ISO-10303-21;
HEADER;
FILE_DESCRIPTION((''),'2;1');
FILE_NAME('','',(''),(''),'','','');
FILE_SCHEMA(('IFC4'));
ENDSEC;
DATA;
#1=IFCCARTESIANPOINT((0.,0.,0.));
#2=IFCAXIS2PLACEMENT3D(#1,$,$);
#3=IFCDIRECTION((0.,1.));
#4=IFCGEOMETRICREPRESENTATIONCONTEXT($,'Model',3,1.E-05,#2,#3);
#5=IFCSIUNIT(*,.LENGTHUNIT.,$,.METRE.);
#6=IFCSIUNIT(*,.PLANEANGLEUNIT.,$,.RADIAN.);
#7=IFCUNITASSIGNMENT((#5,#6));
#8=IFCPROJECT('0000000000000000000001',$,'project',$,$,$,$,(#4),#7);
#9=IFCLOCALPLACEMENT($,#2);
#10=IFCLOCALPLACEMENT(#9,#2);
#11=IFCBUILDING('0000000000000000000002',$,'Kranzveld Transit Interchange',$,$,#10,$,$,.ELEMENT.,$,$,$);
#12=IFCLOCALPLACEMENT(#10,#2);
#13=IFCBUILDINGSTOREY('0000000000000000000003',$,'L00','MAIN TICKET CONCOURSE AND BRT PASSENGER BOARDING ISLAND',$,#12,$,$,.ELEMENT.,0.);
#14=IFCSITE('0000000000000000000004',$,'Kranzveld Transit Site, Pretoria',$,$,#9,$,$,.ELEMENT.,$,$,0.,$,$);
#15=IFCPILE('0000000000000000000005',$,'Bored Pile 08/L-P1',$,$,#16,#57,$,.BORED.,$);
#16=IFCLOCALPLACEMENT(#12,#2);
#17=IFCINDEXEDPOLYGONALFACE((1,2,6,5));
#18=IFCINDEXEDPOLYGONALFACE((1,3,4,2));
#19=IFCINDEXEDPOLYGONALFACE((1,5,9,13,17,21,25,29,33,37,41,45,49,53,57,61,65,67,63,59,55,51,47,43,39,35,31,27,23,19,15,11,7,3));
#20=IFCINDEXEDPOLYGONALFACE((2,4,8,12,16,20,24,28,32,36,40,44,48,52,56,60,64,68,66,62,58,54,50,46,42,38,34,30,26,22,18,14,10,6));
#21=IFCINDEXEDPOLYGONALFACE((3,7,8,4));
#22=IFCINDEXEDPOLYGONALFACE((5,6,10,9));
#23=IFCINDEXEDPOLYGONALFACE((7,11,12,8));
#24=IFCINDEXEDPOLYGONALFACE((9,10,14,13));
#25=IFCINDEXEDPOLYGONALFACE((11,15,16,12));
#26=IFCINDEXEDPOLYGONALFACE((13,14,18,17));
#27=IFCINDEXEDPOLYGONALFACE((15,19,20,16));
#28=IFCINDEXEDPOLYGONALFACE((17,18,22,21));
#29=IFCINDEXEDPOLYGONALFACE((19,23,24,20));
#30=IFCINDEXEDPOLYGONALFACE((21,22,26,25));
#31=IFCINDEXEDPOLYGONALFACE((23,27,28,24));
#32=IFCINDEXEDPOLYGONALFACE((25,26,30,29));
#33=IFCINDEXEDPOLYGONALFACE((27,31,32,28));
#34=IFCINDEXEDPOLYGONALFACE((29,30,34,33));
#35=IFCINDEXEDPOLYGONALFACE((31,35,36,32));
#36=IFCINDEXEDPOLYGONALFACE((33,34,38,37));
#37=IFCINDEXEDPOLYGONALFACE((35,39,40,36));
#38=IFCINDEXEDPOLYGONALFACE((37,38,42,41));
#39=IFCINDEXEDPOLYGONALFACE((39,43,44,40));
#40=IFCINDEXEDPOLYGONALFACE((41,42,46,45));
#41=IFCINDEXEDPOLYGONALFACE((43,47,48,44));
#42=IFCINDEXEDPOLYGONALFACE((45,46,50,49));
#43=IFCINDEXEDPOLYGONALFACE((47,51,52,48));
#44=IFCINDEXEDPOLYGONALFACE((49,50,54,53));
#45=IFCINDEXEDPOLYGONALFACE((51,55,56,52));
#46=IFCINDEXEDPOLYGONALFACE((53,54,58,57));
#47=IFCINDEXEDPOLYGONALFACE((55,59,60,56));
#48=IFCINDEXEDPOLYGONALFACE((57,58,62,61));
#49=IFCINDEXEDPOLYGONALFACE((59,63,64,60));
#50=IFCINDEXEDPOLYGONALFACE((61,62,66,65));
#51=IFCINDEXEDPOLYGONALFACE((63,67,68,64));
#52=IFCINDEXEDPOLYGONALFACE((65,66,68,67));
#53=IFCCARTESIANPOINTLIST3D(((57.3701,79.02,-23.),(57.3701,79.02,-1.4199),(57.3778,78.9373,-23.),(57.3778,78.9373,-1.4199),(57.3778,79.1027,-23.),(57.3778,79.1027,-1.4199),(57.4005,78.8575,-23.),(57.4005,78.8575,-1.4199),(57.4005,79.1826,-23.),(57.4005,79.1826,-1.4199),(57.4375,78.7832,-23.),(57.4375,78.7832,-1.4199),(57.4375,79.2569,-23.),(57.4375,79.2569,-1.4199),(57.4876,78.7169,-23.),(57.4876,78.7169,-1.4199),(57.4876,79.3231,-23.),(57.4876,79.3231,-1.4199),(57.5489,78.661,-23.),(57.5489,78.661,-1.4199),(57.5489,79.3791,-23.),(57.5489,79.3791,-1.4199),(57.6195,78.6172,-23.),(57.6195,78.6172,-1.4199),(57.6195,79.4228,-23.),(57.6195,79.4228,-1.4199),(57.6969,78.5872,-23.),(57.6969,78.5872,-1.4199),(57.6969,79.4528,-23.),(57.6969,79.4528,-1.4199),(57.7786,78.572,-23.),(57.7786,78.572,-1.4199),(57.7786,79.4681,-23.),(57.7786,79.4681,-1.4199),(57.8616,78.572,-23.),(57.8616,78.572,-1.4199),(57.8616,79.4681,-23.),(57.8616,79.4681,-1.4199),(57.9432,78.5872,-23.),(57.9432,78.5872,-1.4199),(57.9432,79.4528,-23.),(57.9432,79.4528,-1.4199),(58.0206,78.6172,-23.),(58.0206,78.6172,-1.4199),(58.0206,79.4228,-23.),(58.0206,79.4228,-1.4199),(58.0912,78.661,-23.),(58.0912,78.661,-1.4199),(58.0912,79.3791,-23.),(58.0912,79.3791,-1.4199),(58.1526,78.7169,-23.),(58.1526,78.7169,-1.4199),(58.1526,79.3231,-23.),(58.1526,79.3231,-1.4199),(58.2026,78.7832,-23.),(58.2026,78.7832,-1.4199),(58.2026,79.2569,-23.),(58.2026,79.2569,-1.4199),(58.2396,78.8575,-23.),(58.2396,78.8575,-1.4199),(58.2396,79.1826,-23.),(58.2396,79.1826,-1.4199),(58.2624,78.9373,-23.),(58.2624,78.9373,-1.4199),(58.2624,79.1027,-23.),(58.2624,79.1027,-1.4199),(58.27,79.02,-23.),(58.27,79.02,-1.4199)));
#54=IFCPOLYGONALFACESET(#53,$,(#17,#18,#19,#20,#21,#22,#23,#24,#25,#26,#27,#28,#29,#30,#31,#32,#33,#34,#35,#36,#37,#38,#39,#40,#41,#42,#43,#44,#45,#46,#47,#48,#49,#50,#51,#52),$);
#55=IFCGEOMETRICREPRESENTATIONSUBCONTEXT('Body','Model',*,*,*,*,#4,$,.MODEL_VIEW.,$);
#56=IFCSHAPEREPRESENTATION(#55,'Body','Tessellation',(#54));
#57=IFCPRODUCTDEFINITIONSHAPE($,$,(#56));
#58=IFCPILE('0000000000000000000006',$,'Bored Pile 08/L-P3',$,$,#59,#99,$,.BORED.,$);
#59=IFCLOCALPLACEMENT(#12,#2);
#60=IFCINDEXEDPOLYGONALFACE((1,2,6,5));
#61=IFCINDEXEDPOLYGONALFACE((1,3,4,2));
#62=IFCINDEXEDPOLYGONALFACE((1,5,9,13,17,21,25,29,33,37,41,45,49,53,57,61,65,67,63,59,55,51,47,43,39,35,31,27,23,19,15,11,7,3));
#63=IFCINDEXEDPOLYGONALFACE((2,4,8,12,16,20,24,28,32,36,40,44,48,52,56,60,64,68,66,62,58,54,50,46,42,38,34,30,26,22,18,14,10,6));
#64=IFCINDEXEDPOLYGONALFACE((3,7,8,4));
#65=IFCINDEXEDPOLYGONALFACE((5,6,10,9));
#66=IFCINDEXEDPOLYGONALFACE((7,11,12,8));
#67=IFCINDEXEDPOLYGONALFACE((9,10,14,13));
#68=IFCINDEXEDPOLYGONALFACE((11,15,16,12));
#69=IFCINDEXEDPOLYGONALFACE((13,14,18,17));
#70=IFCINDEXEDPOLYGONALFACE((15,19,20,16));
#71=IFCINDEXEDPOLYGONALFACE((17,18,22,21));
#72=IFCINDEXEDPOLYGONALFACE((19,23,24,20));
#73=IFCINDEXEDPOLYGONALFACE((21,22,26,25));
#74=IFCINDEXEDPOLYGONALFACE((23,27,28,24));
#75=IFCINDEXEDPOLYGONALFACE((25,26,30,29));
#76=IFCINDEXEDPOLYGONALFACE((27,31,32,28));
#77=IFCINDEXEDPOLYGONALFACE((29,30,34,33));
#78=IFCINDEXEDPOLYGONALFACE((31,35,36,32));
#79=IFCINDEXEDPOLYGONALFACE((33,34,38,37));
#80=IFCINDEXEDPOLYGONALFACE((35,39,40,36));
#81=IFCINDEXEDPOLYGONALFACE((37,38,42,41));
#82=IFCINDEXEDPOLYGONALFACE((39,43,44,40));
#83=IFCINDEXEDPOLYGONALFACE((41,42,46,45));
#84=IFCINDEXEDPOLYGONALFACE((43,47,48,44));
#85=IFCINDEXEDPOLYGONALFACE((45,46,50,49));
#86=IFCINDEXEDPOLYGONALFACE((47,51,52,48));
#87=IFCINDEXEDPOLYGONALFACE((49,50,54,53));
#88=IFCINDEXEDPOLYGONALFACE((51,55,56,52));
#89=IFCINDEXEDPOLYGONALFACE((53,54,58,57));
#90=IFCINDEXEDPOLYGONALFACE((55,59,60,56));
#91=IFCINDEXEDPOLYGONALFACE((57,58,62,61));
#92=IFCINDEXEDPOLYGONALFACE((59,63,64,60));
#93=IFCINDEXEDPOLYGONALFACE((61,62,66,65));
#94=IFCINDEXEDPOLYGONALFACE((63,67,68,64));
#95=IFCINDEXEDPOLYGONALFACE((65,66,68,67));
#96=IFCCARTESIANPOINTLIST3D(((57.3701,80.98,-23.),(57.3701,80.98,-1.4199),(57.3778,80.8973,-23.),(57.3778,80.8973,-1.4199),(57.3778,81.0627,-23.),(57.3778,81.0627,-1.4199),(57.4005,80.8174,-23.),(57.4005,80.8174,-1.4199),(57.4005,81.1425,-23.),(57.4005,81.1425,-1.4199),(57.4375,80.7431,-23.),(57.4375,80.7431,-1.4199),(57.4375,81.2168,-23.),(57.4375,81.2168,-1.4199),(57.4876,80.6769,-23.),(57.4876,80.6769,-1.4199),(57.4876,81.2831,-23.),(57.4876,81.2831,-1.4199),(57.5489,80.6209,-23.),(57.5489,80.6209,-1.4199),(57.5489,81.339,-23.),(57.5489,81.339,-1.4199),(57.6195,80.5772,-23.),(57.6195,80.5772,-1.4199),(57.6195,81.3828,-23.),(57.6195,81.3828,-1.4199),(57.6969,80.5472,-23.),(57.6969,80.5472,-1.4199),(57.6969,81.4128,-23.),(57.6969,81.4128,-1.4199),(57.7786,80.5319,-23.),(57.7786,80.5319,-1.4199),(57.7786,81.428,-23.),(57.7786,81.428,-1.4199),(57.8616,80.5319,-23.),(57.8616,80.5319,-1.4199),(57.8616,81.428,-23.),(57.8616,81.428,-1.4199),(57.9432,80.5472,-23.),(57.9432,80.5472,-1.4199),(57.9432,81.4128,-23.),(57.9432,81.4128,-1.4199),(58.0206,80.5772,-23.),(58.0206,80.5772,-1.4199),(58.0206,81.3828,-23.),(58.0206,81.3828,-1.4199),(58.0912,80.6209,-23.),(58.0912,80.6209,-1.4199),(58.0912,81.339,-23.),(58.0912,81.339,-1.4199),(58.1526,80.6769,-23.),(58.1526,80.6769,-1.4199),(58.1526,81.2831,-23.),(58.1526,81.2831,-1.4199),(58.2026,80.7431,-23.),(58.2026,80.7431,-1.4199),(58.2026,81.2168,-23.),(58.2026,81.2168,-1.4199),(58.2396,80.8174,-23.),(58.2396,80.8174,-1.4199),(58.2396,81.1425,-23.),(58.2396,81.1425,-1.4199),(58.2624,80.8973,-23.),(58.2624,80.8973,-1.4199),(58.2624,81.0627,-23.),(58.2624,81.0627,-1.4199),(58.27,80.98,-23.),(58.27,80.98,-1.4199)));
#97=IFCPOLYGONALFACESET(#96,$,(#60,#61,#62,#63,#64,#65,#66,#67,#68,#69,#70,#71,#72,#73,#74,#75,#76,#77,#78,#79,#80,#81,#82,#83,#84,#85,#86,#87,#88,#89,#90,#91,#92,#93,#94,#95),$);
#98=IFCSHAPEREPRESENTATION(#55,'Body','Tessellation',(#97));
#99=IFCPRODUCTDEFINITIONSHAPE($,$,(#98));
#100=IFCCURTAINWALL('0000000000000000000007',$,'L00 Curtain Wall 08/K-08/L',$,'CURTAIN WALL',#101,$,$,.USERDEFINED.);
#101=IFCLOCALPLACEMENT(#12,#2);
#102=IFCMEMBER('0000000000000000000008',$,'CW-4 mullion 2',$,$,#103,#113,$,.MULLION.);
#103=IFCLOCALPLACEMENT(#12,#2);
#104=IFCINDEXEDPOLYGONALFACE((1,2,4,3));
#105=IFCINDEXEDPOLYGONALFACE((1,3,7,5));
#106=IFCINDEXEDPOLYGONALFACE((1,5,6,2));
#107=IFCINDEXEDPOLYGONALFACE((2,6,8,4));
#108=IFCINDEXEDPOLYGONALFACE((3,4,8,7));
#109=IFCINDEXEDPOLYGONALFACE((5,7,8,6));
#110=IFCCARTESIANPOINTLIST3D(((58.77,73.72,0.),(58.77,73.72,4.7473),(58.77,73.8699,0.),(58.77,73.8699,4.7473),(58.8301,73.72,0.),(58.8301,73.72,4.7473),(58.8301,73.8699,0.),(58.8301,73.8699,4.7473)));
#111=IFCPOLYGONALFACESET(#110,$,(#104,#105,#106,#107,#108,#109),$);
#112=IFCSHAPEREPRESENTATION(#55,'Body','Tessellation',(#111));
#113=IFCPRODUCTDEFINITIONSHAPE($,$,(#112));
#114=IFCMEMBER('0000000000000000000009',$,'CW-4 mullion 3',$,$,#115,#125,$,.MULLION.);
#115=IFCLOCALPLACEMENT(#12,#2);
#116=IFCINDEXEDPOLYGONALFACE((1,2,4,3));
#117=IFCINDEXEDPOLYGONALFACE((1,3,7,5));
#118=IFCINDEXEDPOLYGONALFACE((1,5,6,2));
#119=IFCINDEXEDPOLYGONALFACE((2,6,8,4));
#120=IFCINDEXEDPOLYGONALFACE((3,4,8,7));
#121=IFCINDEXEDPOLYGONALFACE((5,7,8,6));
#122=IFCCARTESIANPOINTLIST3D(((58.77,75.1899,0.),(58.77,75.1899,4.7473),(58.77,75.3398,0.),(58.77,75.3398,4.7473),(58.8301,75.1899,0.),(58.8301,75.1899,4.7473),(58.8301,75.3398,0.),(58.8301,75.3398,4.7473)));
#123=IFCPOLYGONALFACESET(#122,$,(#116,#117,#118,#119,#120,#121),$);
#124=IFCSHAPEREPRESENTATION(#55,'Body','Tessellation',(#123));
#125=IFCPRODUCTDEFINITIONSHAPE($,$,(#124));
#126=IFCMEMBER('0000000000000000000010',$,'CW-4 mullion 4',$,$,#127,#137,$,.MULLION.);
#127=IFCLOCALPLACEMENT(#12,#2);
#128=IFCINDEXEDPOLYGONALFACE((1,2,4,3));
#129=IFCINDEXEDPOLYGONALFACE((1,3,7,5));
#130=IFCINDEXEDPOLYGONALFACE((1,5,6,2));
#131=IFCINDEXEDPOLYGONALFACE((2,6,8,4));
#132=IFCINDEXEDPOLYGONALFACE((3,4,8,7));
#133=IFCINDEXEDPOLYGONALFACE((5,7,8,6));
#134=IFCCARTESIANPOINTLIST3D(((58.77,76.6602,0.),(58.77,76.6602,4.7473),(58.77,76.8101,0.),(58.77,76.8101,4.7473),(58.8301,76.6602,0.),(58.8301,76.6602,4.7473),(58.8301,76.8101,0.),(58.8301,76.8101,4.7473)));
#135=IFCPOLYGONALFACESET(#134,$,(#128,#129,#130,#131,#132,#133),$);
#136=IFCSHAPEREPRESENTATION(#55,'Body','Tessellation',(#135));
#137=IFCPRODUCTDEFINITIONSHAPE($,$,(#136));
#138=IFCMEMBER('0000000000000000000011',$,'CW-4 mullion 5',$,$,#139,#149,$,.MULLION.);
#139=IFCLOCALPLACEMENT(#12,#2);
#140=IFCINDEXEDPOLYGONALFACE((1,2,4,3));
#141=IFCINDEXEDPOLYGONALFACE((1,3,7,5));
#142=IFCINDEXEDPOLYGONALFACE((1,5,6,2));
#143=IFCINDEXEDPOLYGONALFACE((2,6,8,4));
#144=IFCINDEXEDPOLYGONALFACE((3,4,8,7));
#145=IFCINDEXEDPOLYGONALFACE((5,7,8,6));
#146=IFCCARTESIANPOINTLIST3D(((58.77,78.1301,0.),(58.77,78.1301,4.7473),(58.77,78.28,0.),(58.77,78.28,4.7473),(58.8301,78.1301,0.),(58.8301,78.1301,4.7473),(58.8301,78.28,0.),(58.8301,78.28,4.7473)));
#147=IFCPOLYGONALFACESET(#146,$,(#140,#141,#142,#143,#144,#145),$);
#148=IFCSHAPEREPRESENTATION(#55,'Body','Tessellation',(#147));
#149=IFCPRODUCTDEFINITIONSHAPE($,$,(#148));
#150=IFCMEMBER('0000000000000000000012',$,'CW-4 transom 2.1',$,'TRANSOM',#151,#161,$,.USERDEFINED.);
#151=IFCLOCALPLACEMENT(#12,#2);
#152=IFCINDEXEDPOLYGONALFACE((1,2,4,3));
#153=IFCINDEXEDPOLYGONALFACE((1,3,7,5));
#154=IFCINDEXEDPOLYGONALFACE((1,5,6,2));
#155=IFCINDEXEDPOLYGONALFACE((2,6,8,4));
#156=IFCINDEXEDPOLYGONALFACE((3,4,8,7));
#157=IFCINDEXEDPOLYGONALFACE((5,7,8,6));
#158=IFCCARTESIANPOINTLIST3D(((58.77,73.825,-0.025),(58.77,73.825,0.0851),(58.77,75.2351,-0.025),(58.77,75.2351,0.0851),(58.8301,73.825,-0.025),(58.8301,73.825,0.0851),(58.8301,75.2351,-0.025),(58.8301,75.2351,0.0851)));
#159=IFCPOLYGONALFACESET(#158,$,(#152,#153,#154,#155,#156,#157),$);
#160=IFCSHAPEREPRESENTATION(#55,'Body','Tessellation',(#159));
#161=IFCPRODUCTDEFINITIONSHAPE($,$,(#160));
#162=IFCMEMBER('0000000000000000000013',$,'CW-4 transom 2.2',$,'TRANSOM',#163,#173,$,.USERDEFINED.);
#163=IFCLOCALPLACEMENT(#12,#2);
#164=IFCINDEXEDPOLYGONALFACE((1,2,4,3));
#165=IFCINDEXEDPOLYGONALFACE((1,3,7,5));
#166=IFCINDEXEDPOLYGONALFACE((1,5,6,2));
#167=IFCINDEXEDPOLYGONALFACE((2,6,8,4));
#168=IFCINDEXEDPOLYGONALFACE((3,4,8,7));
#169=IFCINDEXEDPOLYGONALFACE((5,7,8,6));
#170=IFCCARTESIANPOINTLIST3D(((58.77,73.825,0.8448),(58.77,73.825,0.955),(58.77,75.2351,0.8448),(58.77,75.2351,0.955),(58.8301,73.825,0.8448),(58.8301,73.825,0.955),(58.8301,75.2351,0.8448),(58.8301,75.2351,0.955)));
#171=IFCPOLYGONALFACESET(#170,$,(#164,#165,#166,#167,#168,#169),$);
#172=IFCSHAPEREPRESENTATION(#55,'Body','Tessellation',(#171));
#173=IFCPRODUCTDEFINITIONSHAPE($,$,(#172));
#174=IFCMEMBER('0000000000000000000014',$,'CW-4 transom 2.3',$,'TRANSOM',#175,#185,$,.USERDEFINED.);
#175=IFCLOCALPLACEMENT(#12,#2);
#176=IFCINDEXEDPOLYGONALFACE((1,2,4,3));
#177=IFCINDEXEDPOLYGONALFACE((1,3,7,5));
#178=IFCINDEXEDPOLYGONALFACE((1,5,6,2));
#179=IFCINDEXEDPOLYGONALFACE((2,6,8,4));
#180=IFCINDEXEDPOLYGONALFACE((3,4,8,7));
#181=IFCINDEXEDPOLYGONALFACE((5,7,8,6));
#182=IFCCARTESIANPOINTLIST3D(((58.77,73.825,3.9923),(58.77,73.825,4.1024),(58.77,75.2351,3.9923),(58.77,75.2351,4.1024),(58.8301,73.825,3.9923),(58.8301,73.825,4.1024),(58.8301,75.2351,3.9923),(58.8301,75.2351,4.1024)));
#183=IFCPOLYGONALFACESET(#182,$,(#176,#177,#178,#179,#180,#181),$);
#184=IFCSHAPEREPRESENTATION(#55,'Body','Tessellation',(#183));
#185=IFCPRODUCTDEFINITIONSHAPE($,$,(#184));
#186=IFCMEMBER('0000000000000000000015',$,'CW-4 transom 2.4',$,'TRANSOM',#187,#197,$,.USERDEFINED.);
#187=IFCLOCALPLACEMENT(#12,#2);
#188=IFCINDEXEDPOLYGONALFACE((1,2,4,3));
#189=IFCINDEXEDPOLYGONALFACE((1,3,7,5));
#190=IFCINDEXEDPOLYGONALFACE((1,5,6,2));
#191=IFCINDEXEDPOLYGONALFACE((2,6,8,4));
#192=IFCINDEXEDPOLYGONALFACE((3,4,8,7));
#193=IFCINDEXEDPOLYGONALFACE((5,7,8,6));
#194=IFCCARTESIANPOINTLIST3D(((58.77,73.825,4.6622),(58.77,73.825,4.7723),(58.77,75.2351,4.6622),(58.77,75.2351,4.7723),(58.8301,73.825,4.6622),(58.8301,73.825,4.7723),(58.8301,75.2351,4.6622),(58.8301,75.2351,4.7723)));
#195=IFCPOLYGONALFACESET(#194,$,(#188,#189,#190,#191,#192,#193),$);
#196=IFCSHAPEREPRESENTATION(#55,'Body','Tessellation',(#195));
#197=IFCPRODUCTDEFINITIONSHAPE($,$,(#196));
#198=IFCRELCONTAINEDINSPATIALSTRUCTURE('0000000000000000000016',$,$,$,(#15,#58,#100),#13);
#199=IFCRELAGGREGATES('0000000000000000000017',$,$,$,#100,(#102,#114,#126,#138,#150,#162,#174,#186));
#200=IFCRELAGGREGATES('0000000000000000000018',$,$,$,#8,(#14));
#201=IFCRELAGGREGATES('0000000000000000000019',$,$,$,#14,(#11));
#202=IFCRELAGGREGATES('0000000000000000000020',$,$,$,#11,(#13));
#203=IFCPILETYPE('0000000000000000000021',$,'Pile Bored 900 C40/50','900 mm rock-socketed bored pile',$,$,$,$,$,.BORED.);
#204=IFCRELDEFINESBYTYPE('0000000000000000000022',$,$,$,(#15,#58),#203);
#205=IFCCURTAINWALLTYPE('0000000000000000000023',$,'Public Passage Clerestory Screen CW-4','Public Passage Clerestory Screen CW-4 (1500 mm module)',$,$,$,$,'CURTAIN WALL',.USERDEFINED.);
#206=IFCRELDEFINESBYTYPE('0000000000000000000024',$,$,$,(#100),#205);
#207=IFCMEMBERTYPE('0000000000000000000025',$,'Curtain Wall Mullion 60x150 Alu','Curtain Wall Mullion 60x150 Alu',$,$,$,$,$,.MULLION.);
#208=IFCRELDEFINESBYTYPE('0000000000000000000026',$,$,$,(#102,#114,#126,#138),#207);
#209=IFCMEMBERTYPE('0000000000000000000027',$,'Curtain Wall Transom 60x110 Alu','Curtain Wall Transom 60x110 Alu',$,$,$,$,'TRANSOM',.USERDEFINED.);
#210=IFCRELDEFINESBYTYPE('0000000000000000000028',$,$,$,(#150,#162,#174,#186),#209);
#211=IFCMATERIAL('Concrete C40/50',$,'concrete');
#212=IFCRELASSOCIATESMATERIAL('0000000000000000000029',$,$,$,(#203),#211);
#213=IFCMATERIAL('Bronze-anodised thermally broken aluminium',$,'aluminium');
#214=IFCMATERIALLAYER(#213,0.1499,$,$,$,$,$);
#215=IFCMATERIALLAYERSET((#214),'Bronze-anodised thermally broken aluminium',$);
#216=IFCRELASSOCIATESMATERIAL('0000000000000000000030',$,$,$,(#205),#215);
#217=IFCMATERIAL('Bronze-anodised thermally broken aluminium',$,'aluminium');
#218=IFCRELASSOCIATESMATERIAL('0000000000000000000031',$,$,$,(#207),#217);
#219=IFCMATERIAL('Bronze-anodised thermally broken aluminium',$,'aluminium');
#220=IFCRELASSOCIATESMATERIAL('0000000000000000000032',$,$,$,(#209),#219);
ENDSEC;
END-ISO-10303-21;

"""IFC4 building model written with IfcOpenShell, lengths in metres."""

from ifc_helpers import new_model, si_unit, direction, frame, origin, origin_2d, place, context, subcontext, project, spatial, rectangle, circle, extrude, material, layer, layer_set, material_profile, profile_set, type_object, element, aggregate, save


model = new_model("IFC4")

# Units and contexts
model_context = context("Model", 3, precision=1e-05, world=origin(), true_north=direction((0.0, 1.0)))
body_context = subcontext(model_context, "Body", "Model", "MODEL_VIEW")
ifc_project = project(units=[si_unit("LENGTHUNIT", "METRE"), si_unit("PLANEANGLEUNIT", "RADIAN")], contexts=[model_context])

# Site, building, storey
site_placement = place(None, origin())
site = spatial("IfcSite", under=ifc_project, at=site_placement, Name="Kranzveld Transit Site, Pretoria", CompositionType="ELEMENT", RefElevation=0.0)
building_placement = place(site_placement, origin())
building = spatial("IfcBuilding", under=site, at=building_placement, Name="Kranzveld Transit Interchange", CompositionType="ELEMENT")
storey_placement = place(building_placement, origin())
storey = spatial("IfcBuildingStorey", under=building, at=storey_placement, Name="L00", Description="MAIN TICKET CONCOURSE AND BRT PASSENGER BOARDING ISLAND", CompositionType="ELEMENT", Elevation=0.0)

# Piles
ifc_material_1 = material(Name="Concrete C40/50", Category="concrete")
ifc_material_profile_1 = material_profile(ifc_material_1, circle(Radius=0.45, at=origin_2d()), Name="BORED PILE 900")
ifc_profile_set_1 = profile_set([ifc_material_profile_1], Name="Concrete C40/50")
pile_type = type_object("IfcPileType", Name="Pile Bored 900 C40/50", Description="900 mm rock-socketed bored pile", PredefinedType="BORED", material=ifc_profile_set_1)
for number, where, z_axis, x_axis, name in (
    (1, (57.8201, 79.02, -1.4199), (0.0, 0.0, -1.0), (1.0, 0.0, 0.0), "Bored Pile 08/L-P1"),
    (2, (57.8201, 80.98, -1.4199), (0.0, 0.0, -1.0), (1.0, 0.0, 0.0), "Bored Pile 08/L-P3"),
):
    element("IfcPile", number, at=place(storey_placement, frame(where, z_axis=z_axis, x_axis=x_axis)), inside=storey, type_object=pile_type, Name=name, PredefinedType="BORED", context=body_context, shape_type="SweptSolid", body=[
        extrude(circle(Radius=0.45, at=origin_2d()), origin(), (0.0, 0.0, 1.0), 21.5801),
    ])

# Curtain wall, members
ifc_material_2 = material(Name="Bronze-anodised thermally broken aluminium", Category="aluminium")
ifc_layer_1 = layer(ifc_material_2, 0.1499)
ifc_layer_set_1 = layer_set([ifc_layer_1], Name="Bronze-anodised thermally broken aluminium")
curtain_wall_type = type_object("IfcCurtainWallType", Name="Public Passage Clerestory Screen CW-4", Description="Public Passage Clerestory Screen CW-4 (1500 mm module)", ElementType="CURTAIN WALL", PredefinedType="USERDEFINED", material=ifc_layer_set_1)
curtain_wall_placement = place(storey_placement, origin())
curtain_wall = element("IfcCurtainWall", 3, at=curtain_wall_placement, inside=storey, type_object=curtain_wall_type, Name="L00 Curtain Wall 08/K-08/L", ObjectType="CURTAIN WALL", PredefinedType="USERDEFINED")
ifc_material_3 = material(Name="Bronze-anodised thermally broken aluminium", Category="aluminium")
ifc_material_profile_2 = material_profile(ifc_material_3, rectangle(XDim=0.0601, YDim=0.1499, at=origin_2d()), Name="ALU MULLION 60x150")
ifc_profile_set_2 = profile_set([ifc_material_profile_2], Name="Bronze-anodised thermally broken aluminium")
member_type_1 = type_object("IfcMemberType", Name="Curtain Wall Mullion 60x150 Alu", Description="Curtain Wall Mullion 60x150 Alu", PredefinedType="MULLION", material=ifc_profile_set_2)
member_1_placement = place(storey_placement, frame((58.8, 73.7949, 0.0), z_axis=(0.0, 0.0, 1.0), x_axis=(-1.0, 0.0, 0.0)))
member_1 = element("IfcMember", 4, at=member_1_placement, type_object=member_type_1, Name="CW-4 mullion 2", PredefinedType="MULLION", context=body_context, shape_type="SweptSolid", body=[
    extrude(rectangle(XDim=0.0601, YDim=0.1499, at=origin_2d()), origin(), (0.0, 0.0, 1.0), 4.7473),
])
member_2_placement = place(storey_placement, frame((58.8, 75.2649, 0.0), z_axis=(0.0, 0.0, 1.0), x_axis=(-1.0, 0.0, 0.0)))
member_2 = element("IfcMember", 5, at=member_2_placement, type_object=member_type_1, Name="CW-4 mullion 3", PredefinedType="MULLION", context=body_context, shape_type="SweptSolid", body=[
    extrude(rectangle(XDim=0.0601, YDim=0.1499, at=origin_2d()), origin(), (0.0, 0.0, 1.0), 4.7473),
])
member_3_placement = place(storey_placement, frame((58.8, 76.7351, 0.0), z_axis=(0.0, 0.0, 1.0), x_axis=(-1.0, 0.0, 0.0)))
member_3 = element("IfcMember", 6, at=member_3_placement, type_object=member_type_1, Name="CW-4 mullion 4", PredefinedType="MULLION", context=body_context, shape_type="SweptSolid", body=[
    extrude(rectangle(XDim=0.0601, YDim=0.1499, at=origin_2d()), origin(), (0.0, 0.0, 1.0), 4.7473),
])
member_4_placement = place(storey_placement, frame((58.8, 78.2051, 0.0), z_axis=(0.0, 0.0, 1.0), x_axis=(-1.0, 0.0, 0.0)))
member_4 = element("IfcMember", 7, at=member_4_placement, type_object=member_type_1, Name="CW-4 mullion 5", PredefinedType="MULLION", context=body_context, shape_type="SweptSolid", body=[
    extrude(rectangle(XDim=0.0601, YDim=0.1499, at=origin_2d()), origin(), (0.0, 0.0, 1.0), 4.7473),
])
ifc_material_4 = material(Name="Bronze-anodised thermally broken aluminium", Category="aluminium")
ifc_material_profile_3 = material_profile(ifc_material_4, rectangle(XDim=0.0601, YDim=0.1101, at=origin_2d()), Name="ALU TRANSOM 60x110")
ifc_profile_set_3 = profile_set([ifc_material_profile_3], Name="Bronze-anodised thermally broken aluminium")
member_type_2 = type_object("IfcMemberType", Name="Curtain Wall Transom 60x110 Alu", Description="Curtain Wall Transom 60x110 Alu", ElementType="TRANSOM", PredefinedType="USERDEFINED", material=ifc_profile_set_3)
member_5_placement = place(storey_placement, frame((58.8, 73.825, 0.03), z_axis=(0.0, 1.0, 0.0), x_axis=(-1.0, 0.0, 0.0)))
member_5 = element("IfcMember", 8, at=member_5_placement, type_object=member_type_2, Name="CW-4 transom 2.1", ObjectType="TRANSOM", PredefinedType="USERDEFINED", context=body_context, shape_type="SweptSolid", body=[
    extrude(rectangle(XDim=0.0601, YDim=0.1101, at=origin_2d()), origin(), (0.0, 0.0, 1.0), 1.4102),
])
member_6_placement = place(storey_placement, frame((58.8, 73.825, 0.8999), z_axis=(0.0, 1.0, 0.0), x_axis=(-1.0, 0.0, 0.0)))
member_6 = element("IfcMember", 9, at=member_6_placement, type_object=member_type_2, Name="CW-4 transom 2.2", ObjectType="TRANSOM", PredefinedType="USERDEFINED", context=body_context, shape_type="SweptSolid", body=[
    extrude(rectangle(XDim=0.0601, YDim=0.1101, at=origin_2d()), origin(), (0.0, 0.0, 1.0), 1.4102),
])
member_7_placement = place(storey_placement, frame((58.8, 73.825, 4.0474), z_axis=(0.0, 1.0, 0.0), x_axis=(-1.0, 0.0, 0.0)))
member_7 = element("IfcMember", 10, at=member_7_placement, type_object=member_type_2, Name="CW-4 transom 2.3", ObjectType="TRANSOM", PredefinedType="USERDEFINED", context=body_context, shape_type="SweptSolid", body=[
    extrude(rectangle(XDim=0.0601, YDim=0.1101, at=origin_2d()), origin(), (0.0, 0.0, 1.0), 1.4102),
])
member_8_placement = place(storey_placement, frame((58.8, 73.825, 4.7173), z_axis=(0.0, 1.0, 0.0), x_axis=(-1.0, 0.0, 0.0)))
member_8 = element("IfcMember", 11, at=member_8_placement, type_object=member_type_2, Name="CW-4 transom 2.4", ObjectType="TRANSOM", PredefinedType="USERDEFINED", context=body_context, shape_type="SweptSolid", body=[
    extrude(rectangle(XDim=0.0601, YDim=0.1101, at=origin_2d()), origin(), (0.0, 0.0, 1.0), 1.4102),
])
aggregate(curtain_wall, [member_1, member_2, member_3, member_4, member_5, member_6, member_7, member_8])

save(model, "model.ifc")
